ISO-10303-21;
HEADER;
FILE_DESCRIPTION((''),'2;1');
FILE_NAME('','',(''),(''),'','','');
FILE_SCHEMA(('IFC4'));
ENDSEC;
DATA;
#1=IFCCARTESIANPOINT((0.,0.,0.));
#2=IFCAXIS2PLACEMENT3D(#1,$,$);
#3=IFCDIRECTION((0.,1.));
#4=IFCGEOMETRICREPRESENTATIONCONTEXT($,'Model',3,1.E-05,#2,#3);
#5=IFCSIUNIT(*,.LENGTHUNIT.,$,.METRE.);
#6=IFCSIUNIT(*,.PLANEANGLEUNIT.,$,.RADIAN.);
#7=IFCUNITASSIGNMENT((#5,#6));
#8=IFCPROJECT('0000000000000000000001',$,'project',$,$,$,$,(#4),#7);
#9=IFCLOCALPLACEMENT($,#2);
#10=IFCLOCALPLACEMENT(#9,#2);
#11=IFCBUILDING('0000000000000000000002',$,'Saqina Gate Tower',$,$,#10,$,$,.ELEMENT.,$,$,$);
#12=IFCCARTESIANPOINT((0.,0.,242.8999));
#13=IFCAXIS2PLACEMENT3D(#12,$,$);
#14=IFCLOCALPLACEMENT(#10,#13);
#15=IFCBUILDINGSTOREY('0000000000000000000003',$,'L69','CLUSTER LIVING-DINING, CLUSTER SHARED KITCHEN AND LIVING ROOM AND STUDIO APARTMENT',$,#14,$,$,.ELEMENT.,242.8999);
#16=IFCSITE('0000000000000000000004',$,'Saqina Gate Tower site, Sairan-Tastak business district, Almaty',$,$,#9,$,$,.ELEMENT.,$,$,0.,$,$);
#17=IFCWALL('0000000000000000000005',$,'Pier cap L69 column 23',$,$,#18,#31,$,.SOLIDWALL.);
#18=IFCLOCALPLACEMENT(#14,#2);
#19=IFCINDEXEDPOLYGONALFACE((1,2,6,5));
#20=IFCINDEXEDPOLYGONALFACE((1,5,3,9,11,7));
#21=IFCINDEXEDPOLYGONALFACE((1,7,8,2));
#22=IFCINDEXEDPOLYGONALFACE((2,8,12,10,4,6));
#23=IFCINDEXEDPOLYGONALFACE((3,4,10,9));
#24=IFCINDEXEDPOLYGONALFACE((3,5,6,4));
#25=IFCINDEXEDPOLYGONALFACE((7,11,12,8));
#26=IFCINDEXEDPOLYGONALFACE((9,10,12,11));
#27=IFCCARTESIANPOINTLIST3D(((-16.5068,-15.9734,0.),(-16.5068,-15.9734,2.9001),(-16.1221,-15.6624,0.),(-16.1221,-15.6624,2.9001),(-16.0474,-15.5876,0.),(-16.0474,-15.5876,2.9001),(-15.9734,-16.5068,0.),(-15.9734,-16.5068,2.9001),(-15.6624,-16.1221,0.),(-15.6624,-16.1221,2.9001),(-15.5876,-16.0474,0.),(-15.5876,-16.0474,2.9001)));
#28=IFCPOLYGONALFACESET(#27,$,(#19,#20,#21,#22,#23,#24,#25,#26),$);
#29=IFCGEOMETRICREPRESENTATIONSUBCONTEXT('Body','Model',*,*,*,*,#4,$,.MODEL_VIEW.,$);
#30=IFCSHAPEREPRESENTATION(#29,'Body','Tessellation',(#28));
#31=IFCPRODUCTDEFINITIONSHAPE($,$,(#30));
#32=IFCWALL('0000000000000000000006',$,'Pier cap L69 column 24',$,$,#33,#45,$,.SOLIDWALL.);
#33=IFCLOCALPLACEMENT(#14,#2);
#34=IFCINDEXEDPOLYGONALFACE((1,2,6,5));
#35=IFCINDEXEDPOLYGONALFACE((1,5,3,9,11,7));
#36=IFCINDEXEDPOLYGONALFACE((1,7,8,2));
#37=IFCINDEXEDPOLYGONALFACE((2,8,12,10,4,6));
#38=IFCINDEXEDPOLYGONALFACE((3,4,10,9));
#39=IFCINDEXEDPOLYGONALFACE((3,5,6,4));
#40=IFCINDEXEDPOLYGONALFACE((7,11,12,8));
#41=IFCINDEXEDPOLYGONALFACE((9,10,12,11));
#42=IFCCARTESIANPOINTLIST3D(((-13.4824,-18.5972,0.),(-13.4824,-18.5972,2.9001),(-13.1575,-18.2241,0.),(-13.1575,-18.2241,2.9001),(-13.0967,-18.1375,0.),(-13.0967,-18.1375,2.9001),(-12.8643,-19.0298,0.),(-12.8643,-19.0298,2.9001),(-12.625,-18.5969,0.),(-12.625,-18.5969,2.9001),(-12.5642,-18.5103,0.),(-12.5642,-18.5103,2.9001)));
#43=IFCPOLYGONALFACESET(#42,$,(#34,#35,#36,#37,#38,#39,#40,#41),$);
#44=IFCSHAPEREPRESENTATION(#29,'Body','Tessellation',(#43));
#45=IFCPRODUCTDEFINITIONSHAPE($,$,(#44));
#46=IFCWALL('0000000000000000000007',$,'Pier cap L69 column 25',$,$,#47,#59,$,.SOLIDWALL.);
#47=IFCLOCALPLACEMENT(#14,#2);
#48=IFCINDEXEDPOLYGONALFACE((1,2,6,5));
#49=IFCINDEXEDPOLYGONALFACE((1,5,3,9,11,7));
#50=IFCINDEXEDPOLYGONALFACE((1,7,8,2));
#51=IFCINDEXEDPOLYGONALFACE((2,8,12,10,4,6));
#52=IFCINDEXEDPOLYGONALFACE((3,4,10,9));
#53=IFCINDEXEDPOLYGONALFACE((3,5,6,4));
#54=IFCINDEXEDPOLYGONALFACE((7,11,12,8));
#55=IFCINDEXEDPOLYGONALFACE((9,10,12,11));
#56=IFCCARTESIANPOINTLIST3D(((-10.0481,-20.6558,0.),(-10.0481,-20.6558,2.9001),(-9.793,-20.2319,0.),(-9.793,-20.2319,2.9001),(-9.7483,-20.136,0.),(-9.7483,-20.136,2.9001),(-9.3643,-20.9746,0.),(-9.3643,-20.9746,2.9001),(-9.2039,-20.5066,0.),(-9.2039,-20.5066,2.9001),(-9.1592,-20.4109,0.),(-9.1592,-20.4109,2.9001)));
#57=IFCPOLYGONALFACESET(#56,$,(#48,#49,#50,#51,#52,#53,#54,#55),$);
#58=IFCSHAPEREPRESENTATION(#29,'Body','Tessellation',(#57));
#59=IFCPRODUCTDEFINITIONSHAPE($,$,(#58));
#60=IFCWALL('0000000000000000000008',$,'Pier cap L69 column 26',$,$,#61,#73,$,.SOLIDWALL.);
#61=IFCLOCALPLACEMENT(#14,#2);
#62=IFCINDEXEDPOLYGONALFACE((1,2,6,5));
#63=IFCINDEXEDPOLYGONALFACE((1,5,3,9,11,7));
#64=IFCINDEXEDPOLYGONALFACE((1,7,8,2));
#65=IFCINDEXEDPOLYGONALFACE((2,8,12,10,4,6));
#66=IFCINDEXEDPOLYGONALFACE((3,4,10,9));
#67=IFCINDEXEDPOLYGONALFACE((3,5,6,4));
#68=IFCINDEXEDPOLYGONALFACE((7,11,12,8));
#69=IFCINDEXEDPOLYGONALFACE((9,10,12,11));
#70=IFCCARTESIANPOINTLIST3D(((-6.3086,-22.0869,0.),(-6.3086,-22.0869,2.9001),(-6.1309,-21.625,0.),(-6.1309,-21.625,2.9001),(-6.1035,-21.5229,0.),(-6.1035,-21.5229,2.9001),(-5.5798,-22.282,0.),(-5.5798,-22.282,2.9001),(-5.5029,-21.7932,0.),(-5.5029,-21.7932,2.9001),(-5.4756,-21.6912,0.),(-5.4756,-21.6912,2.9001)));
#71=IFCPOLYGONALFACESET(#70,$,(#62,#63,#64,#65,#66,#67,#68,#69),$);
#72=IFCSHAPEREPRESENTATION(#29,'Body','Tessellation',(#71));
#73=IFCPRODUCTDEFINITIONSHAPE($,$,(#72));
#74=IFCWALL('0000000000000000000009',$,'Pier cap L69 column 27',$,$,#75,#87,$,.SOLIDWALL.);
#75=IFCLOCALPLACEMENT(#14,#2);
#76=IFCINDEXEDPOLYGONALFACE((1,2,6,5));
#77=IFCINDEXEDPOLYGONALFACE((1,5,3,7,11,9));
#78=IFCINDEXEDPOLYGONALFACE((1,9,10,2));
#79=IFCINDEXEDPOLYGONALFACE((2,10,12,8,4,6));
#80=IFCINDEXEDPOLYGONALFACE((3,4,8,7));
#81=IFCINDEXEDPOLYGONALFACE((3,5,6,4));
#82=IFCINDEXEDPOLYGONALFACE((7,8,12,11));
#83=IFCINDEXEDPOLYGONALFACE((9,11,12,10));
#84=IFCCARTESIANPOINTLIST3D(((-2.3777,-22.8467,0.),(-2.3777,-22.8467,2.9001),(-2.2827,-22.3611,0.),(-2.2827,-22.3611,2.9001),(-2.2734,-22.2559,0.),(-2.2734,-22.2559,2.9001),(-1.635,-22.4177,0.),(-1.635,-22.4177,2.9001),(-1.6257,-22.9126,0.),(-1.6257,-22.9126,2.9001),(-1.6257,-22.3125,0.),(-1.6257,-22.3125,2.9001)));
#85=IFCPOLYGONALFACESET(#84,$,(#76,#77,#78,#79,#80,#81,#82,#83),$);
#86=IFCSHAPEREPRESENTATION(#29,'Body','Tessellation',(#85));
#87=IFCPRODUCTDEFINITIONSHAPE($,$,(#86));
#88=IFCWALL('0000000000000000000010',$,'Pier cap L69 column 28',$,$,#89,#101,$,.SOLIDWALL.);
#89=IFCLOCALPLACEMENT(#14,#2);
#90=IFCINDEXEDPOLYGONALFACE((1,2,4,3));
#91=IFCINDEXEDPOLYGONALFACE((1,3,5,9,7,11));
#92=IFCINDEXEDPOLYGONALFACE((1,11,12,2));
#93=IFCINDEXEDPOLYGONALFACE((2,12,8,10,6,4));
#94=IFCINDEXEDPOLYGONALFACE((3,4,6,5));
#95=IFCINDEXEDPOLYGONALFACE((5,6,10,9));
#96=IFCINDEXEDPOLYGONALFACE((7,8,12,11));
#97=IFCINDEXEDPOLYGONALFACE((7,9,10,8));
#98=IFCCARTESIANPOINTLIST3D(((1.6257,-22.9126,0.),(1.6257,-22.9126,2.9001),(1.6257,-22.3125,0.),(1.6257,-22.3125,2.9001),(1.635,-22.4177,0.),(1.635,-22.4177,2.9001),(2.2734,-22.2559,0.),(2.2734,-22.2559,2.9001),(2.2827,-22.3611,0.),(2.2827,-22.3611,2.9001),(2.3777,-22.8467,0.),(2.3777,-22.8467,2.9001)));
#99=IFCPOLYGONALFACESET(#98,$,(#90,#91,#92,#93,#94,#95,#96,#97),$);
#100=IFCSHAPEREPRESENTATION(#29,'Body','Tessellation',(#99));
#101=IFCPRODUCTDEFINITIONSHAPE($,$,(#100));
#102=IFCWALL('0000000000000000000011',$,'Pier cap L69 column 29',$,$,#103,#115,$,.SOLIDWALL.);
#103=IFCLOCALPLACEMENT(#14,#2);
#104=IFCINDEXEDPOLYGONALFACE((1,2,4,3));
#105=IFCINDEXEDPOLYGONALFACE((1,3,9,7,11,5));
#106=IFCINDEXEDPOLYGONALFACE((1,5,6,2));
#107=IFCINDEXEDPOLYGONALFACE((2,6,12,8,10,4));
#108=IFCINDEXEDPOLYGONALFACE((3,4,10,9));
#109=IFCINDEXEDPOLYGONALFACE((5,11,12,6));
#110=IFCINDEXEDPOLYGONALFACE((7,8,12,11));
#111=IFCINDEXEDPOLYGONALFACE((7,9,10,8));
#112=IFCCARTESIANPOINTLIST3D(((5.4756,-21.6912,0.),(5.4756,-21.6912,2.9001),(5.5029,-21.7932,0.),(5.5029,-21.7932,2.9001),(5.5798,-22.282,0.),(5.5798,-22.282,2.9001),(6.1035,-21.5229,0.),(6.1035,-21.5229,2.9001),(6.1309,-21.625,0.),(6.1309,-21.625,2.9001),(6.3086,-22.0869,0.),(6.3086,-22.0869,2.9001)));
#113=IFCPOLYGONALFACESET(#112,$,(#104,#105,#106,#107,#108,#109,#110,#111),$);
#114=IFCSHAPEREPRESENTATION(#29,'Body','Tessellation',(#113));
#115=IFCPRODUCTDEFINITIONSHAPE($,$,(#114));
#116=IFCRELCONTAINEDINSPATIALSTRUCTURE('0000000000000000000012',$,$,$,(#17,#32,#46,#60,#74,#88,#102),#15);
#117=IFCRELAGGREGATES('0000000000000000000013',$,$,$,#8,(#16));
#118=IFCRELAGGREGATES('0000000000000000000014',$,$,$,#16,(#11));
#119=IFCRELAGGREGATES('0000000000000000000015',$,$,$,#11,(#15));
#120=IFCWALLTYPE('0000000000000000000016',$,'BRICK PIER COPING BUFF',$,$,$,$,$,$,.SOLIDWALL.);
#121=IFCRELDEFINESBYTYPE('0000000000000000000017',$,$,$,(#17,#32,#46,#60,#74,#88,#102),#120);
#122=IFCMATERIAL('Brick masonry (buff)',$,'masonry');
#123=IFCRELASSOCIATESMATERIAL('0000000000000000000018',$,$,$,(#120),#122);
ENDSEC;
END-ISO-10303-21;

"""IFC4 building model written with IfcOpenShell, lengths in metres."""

from ifc_helpers import new_model, si_unit, direction, frame, origin, place, context, subcontext, project, spatial, polyline, outline, extrude, material, type_object, element, save


model = new_model("IFC4")

# Units and contexts
model_context = context("Model", 3, precision=1e-05, world=origin(), true_north=direction((0.0, 1.0)))
body_context = subcontext(model_context, "Body", "Model", "MODEL_VIEW")
ifc_project = project(units=[si_unit("LENGTHUNIT", "METRE"), si_unit("PLANEANGLEUNIT", "RADIAN")], contexts=[model_context])

# Site, building, storey
site_placement = place(None, origin())
site = spatial("IfcSite", under=ifc_project, at=site_placement, Name="Saqina Gate Tower site, Sairan-Tastak business district, Almaty", CompositionType="ELEMENT", RefElevation=0.0)
building_placement = place(site_placement, origin())
building = spatial("IfcBuilding", under=site, at=building_placement, Name="Saqina Gate Tower", CompositionType="ELEMENT")
storey_placement = place(building_placement, frame((0.0, 0.0, 242.8999)))
storey = spatial("IfcBuildingStorey", under=building, at=storey_placement, Name="L69", Description="CLUSTER LIVING-DINING, CLUSTER SHARED KITCHEN AND LIVING ROOM AND STUDIO APARTMENT", CompositionType="ELEMENT", Elevation=242.8999)

# Walls
ifc_material = material(Name="Brick masonry (buff)", Category="masonry")
wall_type = type_object("IfcWallType", Name="BRICK PIER COPING BUFF", PredefinedType="SOLIDWALL", material=ifc_material)
wall_1_placement = place(storey_placement, origin())
element("IfcWall", 1, at=wall_1_placement, inside=storey, type_object=wall_type, Name="Pier cap L69 column 23", PredefinedType="SOLIDWALL", context=body_context, shape_type="SweptSolid", body=[
    extrude(outline(polyline([(-15.9734, -16.5068), (-15.5876, -16.0474), (-15.6624, -16.1221), (-16.1221, -15.6624), (-16.0474, -15.5876), (-16.5068, -15.9734), (-15.9734, -16.5068)])), origin(), (0.0, 0.0, 1.0), 2.9001),
])
wall_2_placement = place(storey_placement, origin())
element("IfcWall", 2, at=wall_2_placement, inside=storey, type_object=wall_type, Name="Pier cap L69 column 24", PredefinedType="SOLIDWALL", context=body_context, shape_type="SweptSolid", body=[
    extrude(outline(polyline([(-12.8643, -19.0298), (-12.5642, -18.5103), (-12.625, -18.5969), (-13.1575, -18.2241), (-13.0967, -18.1375), (-13.4824, -18.5972), (-12.8643, -19.0298)])), origin(), (0.0, 0.0, 1.0), 2.9001),
])
wall_3_placement = place(storey_placement, origin())
element("IfcWall", 3, at=wall_3_placement, inside=storey, type_object=wall_type, Name="Pier cap L69 column 25", PredefinedType="SOLIDWALL", context=body_context, shape_type="SweptSolid", body=[
    extrude(outline(polyline([(-10.0481, -20.6558), (-9.3643, -20.9746), (-9.1592, -20.4109), (-9.2039, -20.5066), (-9.793, -20.2319), (-9.7483, -20.136), (-10.0481, -20.6558)])), origin(), (0.0, 0.0, 1.0), 2.9001),
])
wall_4_placement = place(storey_placement, origin())
element("IfcWall", 4, at=wall_4_placement, inside=storey, type_object=wall_type, Name="Pier cap L69 column 26", PredefinedType="SOLIDWALL", context=body_context, shape_type="SweptSolid", body=[
    extrude(outline(polyline([(-5.5798, -22.282), (-5.4756, -21.6912), (-5.5029, -21.7932), (-6.1309, -21.625), (-6.1035, -21.5229), (-6.3086, -22.0869), (-5.5798, -22.282)])), origin(), (0.0, 0.0, 1.0), 2.9001),
])
wall_5_placement = place(storey_placement, origin())
element("IfcWall", 5, at=wall_5_placement, inside=storey, type_object=wall_type, Name="Pier cap L69 column 27", PredefinedType="SOLIDWALL", context=body_context, shape_type="SweptSolid", body=[
    extrude(outline(polyline([(-2.3777, -22.8467), (-1.6257, -22.9126), (-1.6257, -22.3125), (-1.635, -22.4177), (-2.2827, -22.3611), (-2.2734, -22.2559), (-2.3777, -22.8467)])), origin(), (0.0, 0.0, 1.0), 2.9001),
])
wall_6_placement = place(storey_placement, origin())
element("IfcWall", 6, at=wall_6_placement, inside=storey, type_object=wall_type, Name="Pier cap L69 column 28", PredefinedType="SOLIDWALL", context=body_context, shape_type="SweptSolid", body=[
    extrude(outline(polyline([(1.6257, -22.9126), (2.3777, -22.8467), (2.2734, -22.2559), (2.2827, -22.3611), (1.635, -22.4177), (1.6257, -22.3125), (1.6257, -22.9126)])), origin(), (0.0, 0.0, 1.0), 2.9001),
])
wall_7_placement = place(storey_placement, origin())
element("IfcWall", 7, at=wall_7_placement, inside=storey, type_object=wall_type, Name="Pier cap L69 column 29", PredefinedType="SOLIDWALL", context=body_context, shape_type="SweptSolid", body=[
    extrude(outline(polyline([(6.3086, -22.0869), (6.1035, -21.5229), (6.1309, -21.625), (5.5029, -21.7932), (5.4756, -21.6912), (5.5798, -22.282), (6.3086, -22.0869)])), origin(), (0.0, 0.0, 1.0), 2.9001),
])

save(model, "model.ifc")
